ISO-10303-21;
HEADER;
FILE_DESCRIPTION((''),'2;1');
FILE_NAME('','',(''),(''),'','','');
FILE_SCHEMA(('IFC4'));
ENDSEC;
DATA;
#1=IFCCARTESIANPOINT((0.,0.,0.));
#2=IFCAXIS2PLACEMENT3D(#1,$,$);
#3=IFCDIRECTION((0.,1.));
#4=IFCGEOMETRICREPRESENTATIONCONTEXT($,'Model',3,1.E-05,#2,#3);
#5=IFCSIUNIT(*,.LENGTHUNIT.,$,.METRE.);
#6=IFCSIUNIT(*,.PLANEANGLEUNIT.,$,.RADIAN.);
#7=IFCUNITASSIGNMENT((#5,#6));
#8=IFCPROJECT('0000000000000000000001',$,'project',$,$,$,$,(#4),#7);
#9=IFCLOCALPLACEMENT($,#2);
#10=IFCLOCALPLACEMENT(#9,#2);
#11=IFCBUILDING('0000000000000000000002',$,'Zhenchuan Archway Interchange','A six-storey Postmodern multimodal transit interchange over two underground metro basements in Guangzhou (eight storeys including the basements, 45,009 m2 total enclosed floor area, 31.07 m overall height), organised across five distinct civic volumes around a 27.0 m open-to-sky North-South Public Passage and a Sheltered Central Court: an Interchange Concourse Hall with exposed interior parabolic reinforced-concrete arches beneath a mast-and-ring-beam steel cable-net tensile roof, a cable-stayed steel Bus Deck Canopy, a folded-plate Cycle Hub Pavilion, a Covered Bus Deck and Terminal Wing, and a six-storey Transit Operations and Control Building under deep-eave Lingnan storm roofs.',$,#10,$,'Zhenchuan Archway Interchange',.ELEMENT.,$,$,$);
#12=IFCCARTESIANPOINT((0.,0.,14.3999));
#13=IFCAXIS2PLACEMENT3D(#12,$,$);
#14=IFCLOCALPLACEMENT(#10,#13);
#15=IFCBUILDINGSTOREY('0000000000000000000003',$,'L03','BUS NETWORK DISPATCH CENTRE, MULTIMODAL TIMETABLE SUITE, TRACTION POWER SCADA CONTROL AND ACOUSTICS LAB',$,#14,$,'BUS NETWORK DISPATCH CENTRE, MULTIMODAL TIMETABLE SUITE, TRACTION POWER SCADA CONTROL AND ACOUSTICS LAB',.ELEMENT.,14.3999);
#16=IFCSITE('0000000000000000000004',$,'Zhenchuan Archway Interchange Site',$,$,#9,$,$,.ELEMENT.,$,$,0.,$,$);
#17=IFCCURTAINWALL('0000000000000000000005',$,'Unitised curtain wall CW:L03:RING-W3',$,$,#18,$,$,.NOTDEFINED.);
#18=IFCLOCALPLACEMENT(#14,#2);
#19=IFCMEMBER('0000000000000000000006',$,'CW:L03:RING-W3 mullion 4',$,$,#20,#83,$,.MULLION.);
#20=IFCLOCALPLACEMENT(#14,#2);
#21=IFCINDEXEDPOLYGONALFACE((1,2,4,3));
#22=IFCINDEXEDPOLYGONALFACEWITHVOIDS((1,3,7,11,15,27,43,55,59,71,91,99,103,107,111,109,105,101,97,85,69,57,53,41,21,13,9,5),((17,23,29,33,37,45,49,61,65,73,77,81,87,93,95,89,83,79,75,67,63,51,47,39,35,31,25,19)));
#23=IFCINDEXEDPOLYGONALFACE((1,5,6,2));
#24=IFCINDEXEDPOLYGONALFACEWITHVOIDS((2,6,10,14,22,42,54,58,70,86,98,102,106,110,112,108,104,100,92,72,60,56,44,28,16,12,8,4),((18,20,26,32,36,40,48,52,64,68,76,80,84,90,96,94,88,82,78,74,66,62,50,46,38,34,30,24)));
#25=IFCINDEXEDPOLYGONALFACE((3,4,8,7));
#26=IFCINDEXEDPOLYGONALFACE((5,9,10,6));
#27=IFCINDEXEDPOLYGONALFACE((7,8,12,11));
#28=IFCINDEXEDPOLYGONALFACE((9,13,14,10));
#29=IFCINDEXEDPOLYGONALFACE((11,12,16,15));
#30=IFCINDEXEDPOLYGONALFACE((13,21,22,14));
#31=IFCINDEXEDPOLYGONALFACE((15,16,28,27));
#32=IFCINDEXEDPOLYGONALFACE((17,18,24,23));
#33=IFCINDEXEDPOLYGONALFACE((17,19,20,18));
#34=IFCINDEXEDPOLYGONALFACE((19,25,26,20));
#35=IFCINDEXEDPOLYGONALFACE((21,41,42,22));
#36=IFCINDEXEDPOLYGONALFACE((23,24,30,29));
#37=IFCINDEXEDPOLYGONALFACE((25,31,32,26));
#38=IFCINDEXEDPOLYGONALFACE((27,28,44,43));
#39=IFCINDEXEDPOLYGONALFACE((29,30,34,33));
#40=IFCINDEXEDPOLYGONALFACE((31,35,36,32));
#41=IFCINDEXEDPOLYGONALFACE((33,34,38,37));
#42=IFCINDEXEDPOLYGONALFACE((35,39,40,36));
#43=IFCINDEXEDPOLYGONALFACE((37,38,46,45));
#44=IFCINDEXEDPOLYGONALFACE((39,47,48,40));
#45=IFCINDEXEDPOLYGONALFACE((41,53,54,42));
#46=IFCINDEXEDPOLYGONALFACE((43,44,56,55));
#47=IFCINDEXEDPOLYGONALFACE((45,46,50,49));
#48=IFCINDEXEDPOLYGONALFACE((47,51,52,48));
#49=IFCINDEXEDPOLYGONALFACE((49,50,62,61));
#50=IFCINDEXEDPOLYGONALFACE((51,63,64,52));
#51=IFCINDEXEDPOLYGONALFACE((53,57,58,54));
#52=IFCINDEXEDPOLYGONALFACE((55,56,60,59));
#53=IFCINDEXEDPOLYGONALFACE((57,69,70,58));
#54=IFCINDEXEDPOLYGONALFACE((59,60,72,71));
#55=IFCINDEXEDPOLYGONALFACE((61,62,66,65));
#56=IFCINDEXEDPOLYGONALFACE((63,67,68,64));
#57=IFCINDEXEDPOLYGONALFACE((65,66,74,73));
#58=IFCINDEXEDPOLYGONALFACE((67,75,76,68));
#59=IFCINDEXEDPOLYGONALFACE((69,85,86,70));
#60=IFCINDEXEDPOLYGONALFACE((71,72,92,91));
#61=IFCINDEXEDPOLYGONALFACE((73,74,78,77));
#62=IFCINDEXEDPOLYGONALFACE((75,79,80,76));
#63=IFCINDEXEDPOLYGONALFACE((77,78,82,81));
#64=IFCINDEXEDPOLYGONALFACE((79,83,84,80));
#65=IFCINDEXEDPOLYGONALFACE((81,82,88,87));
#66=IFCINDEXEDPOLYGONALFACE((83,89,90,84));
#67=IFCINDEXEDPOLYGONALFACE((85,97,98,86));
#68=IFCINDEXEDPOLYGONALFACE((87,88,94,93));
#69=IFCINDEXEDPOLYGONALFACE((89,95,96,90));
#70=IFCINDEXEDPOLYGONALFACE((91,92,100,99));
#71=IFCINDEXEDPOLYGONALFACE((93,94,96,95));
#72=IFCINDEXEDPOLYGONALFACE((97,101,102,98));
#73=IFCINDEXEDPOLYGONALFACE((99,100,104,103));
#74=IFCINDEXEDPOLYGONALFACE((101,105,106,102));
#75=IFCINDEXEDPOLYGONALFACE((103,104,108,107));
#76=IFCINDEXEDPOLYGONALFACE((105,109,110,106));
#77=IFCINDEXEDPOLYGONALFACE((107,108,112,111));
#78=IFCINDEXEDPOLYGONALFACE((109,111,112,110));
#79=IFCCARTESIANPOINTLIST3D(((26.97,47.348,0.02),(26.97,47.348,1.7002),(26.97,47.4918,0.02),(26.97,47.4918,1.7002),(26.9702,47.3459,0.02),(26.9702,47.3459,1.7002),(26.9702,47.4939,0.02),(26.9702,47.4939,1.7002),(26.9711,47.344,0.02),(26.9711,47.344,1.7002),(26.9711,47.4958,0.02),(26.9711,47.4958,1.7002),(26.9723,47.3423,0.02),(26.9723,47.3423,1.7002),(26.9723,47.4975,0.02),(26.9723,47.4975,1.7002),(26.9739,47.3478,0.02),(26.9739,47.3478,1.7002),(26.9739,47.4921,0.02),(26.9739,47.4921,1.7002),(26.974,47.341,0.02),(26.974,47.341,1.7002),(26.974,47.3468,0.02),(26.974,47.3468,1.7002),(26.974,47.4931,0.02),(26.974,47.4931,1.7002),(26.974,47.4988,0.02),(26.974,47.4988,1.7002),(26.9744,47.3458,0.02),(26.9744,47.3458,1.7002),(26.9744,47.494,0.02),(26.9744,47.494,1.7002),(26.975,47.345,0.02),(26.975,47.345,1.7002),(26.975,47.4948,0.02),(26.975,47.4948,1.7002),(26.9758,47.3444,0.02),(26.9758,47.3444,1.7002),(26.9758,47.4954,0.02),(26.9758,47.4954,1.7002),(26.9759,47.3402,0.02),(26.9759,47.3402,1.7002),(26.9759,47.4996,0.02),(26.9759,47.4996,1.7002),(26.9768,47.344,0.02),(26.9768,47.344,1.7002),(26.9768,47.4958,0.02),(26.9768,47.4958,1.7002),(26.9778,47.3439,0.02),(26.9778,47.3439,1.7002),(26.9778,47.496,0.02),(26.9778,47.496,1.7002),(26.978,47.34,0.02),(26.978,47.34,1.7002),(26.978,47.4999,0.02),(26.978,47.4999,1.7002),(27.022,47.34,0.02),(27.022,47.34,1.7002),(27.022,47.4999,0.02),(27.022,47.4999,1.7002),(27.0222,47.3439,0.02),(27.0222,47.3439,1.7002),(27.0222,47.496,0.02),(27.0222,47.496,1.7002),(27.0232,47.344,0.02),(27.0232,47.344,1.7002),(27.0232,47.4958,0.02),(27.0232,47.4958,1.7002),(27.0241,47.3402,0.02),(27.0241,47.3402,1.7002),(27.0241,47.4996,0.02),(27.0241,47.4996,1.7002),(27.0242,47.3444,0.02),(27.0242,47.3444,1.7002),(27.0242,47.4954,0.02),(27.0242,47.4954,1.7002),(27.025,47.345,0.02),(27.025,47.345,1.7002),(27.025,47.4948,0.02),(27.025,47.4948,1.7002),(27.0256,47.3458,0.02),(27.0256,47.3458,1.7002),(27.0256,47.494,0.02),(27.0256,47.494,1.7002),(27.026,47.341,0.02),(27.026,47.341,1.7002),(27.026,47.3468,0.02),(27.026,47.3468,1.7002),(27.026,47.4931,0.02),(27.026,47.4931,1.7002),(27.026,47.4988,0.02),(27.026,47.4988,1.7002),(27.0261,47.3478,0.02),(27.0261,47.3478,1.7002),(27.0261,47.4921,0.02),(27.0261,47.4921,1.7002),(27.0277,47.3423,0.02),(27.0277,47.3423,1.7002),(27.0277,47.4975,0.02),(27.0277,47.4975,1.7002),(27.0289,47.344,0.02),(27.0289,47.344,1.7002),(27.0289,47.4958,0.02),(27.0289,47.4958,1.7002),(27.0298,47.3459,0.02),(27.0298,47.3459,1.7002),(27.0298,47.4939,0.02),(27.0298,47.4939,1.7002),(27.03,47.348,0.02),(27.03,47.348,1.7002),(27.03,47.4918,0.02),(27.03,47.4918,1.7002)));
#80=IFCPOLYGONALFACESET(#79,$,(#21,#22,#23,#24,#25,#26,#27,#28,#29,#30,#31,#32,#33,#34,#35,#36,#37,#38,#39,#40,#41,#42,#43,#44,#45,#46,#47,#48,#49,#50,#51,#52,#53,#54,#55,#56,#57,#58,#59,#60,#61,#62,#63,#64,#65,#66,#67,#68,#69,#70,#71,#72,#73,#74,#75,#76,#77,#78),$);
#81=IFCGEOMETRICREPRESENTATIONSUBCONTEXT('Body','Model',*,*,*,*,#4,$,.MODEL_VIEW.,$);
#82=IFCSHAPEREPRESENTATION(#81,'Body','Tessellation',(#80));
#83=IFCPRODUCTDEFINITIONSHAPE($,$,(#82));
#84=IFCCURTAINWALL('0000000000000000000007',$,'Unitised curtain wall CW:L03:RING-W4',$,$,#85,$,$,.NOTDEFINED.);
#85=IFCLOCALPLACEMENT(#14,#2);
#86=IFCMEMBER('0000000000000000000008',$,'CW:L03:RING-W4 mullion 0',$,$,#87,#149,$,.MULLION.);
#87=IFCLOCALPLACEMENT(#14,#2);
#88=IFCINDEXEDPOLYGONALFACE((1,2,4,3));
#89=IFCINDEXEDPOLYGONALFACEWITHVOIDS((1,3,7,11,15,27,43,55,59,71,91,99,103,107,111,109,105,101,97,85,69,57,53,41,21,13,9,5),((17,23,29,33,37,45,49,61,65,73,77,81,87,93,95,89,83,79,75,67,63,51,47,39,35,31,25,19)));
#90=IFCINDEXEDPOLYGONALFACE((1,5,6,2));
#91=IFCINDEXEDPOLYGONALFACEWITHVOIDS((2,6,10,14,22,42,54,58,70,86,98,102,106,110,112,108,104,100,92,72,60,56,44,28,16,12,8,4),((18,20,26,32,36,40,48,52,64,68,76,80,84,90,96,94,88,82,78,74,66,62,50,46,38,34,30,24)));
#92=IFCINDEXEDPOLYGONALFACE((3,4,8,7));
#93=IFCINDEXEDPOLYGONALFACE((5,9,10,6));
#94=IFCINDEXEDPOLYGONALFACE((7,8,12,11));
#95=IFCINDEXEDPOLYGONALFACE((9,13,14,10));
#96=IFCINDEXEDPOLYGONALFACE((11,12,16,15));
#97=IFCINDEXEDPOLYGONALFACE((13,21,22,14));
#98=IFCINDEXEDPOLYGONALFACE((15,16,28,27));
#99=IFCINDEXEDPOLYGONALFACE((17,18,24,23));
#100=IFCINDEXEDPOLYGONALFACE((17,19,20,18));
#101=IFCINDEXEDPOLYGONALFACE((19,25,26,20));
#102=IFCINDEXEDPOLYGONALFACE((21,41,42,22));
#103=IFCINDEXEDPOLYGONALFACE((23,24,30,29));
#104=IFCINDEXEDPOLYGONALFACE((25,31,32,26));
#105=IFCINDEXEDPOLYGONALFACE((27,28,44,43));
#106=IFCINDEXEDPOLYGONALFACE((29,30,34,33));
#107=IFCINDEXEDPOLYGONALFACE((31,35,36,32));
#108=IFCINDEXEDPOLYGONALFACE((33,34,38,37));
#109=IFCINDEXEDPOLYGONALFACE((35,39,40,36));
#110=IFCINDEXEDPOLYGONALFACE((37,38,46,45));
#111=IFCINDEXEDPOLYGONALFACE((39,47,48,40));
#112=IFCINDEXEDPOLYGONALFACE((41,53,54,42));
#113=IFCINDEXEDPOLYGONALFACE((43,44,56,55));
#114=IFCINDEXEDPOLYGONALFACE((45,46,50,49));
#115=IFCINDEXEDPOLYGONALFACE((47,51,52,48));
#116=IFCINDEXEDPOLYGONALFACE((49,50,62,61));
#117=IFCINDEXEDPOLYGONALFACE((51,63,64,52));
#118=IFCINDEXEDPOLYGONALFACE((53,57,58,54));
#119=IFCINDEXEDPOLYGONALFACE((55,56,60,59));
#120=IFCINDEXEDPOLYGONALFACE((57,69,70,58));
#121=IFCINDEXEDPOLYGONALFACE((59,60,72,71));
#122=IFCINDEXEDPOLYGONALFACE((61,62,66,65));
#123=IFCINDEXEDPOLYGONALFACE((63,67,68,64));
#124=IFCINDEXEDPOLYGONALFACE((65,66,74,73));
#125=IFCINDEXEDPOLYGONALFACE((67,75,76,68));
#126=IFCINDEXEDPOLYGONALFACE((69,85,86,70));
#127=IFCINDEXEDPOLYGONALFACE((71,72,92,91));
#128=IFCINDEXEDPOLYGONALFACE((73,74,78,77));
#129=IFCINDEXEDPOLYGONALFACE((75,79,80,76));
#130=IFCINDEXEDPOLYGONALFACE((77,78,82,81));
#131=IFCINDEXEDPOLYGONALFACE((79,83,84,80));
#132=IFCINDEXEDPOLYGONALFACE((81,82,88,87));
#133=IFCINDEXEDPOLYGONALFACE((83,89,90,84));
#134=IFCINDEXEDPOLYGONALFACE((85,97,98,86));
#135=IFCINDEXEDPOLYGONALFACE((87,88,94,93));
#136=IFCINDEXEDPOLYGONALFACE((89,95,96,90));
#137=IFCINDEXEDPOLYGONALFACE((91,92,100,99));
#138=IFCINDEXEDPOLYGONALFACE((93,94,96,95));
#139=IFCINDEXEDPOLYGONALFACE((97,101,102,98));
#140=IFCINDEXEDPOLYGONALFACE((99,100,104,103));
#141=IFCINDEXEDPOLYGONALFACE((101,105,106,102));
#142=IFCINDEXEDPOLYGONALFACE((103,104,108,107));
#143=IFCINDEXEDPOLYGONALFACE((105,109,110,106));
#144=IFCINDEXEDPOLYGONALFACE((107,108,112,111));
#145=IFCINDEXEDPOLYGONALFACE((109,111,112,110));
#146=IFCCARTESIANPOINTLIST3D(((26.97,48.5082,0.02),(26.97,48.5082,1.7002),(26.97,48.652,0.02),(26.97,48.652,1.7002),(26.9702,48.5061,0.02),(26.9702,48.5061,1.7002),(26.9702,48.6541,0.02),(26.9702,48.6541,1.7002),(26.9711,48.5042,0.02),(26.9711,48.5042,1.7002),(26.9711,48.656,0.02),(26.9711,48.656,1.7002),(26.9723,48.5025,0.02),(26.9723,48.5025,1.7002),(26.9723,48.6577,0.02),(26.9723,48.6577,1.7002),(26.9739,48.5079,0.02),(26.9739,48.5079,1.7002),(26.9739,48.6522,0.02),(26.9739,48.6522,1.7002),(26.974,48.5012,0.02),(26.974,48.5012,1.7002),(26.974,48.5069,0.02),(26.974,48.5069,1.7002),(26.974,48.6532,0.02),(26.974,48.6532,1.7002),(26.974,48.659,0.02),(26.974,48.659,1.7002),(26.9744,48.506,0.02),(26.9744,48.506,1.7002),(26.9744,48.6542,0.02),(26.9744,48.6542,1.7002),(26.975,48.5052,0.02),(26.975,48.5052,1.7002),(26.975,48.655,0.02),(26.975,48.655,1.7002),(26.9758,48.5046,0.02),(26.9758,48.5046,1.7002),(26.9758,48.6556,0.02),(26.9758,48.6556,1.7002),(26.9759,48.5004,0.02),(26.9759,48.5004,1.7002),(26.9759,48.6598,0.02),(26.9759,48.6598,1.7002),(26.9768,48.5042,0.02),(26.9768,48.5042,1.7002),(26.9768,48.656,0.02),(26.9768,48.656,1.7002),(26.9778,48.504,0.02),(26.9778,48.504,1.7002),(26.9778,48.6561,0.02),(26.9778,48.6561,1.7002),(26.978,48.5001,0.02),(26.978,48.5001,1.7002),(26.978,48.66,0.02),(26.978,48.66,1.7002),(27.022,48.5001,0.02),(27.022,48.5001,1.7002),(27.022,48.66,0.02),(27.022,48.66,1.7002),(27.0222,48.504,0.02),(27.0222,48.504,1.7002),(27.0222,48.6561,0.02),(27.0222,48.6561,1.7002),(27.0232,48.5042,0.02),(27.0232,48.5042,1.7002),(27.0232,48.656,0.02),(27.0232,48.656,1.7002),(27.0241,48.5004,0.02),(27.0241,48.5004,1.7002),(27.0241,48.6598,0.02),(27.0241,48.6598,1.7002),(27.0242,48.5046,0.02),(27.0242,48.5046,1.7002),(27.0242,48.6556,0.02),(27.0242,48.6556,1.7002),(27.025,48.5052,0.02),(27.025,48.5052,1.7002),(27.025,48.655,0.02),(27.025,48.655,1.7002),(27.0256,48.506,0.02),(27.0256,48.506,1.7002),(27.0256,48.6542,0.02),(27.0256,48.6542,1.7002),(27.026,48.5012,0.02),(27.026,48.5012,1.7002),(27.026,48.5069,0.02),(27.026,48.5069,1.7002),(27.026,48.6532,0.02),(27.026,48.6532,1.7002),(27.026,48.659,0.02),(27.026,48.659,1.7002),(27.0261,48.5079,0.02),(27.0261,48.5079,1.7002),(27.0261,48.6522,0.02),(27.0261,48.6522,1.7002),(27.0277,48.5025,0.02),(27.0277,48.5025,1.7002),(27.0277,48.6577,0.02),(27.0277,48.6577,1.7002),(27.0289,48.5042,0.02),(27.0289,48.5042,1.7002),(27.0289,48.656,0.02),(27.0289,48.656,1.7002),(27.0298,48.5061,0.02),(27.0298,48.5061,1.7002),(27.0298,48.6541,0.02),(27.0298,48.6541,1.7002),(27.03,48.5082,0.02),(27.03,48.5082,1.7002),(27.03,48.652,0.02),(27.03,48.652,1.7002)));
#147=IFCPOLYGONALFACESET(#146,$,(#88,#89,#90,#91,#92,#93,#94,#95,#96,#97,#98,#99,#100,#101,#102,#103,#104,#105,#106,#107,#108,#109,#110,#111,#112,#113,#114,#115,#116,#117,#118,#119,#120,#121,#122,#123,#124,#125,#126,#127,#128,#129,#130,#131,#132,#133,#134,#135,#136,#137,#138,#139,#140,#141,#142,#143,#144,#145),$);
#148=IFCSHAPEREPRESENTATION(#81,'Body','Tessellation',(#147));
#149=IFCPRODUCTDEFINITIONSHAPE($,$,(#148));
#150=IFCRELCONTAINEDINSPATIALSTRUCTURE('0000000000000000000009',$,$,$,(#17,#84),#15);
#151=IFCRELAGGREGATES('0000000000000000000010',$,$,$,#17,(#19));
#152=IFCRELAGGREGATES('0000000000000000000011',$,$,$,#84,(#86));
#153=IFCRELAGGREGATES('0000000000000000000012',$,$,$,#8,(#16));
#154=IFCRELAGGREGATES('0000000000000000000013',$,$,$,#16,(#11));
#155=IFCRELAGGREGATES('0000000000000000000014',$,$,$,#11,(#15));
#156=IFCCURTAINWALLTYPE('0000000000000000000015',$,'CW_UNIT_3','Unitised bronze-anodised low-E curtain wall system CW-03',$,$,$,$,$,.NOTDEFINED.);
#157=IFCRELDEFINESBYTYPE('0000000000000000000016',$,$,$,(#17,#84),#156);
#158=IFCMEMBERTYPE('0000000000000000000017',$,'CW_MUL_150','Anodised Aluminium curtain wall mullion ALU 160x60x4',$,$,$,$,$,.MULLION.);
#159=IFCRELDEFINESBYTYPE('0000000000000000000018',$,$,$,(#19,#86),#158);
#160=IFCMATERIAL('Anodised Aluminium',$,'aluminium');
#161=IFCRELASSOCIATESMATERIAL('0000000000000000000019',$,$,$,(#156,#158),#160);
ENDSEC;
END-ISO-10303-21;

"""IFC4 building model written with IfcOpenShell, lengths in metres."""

from ifc_helpers import new_model, si_unit, direction, frame, origin, origin_2d, place, context, subcontext, project, spatial, hollow_rectangle, extrude, material, material_profile, profile_set, type_object, element, aggregate, save


model = new_model("IFC4")

# Units and contexts
model_context = context("Model", 3, precision=1e-05, world=origin(), true_north=direction((0.0, 1.0)))
body_context = subcontext(model_context, "Body", "Model", "MODEL_VIEW")
ifc_project = project(units=[si_unit("LENGTHUNIT", "METRE"), si_unit("PLANEANGLEUNIT", "RADIAN")], contexts=[model_context])

# Site, building, storey
site_placement = place(None, origin())
site = spatial("IfcSite", under=ifc_project, at=site_placement, Name="Zhenchuan Archway Interchange Site", CompositionType="ELEMENT", RefElevation=0.0)
building_placement = place(site_placement, origin())
building = spatial("IfcBuilding", under=site, at=building_placement, Name="Zhenchuan Archway Interchange", Description="A six-storey Postmodern multimodal transit interchange over two underground metro basements in Guangzhou (eight storeys including the basements, 45,009 m2 total enclosed floor area, 31.07 m overall height), organised across five distinct civic volumes around a 27.0 m open-to-sky North-South Public Passage and a Sheltered Central Court: an Interchange Concourse Hall with exposed interior parabolic reinforced-concrete arches beneath a mast-and-ring-beam steel cable-net tensile roof, a cable-stayed steel Bus Deck Canopy, a folded-plate Cycle Hub Pavilion, a Covered Bus Deck and Terminal Wing, and a six-storey Transit Operations and Control Building under deep-eave Lingnan storm roofs.", LongName="Zhenchuan Archway Interchange", CompositionType="ELEMENT")
storey_placement = place(building_placement, frame((0.0, 0.0, 14.3999)))
storey = spatial("IfcBuildingStorey", under=building, at=storey_placement, Name="L03", Description="BUS NETWORK DISPATCH CENTRE, MULTIMODAL TIMETABLE SUITE, TRACTION POWER SCADA CONTROL AND ACOUSTICS LAB", LongName="BUS NETWORK DISPATCH CENTRE, MULTIMODAL TIMETABLE SUITE, TRACTION POWER SCADA CONTROL AND ACOUSTICS LAB", CompositionType="ELEMENT", Elevation=14.3999)

# Curtain wall, member
ifc_material_1 = material(Name="Anodised Aluminium", Category="aluminium")
curtain_wall_type = type_object("IfcCurtainWallType", Name="CW_UNIT_3", Description="Unitised bronze-anodised low-E curtain wall system CW-03", PredefinedType="NOTDEFINED", material=ifc_material_1)
curtain_wall_1_placement = place(storey_placement, origin())
curtain_wall_1 = element("IfcCurtainWall", 1, at=curtain_wall_1_placement, inside=storey, type_object=curtain_wall_type, Name="Unitised curtain wall CW:L03:RING-W3", PredefinedType="NOTDEFINED")
ifc_material_profile_1 = material_profile(ifc_material_1, hollow_rectangle(XDim=0.0601, YDim=0.1599, WallThickness=0.0039, InnerFilletRadius=0.0039, OuterFilletRadius=0.0081, at=origin_2d()), Name="ALU 160x60x4")
ifc_profile_set_1 = profile_set([ifc_material_profile_1], Name="Anodised Aluminium")
member_type_1 = type_object("IfcMemberType", Name="CW_MUL_150", Description="Anodised Aluminium curtain wall mullion ALU 160x60x4", PredefinedType="MULLION", material=ifc_profile_set_1)
member_1_placement = place(storey_placement, frame((27.0, 47.4199, 0.02), z_axis=(0.0, 0.0, 1.0), x_axis=(1.0, 0.0, 0.0)))
member_1 = element("IfcMember", 2, at=member_1_placement, type_object=member_type_1, Name="CW:L03:RING-W3 mullion 4", PredefinedType="MULLION", context=body_context, shape_type="SweptSolid", body=[
    extrude(hollow_rectangle(XDim=0.0601, YDim=0.1599, WallThickness=0.0039, InnerFilletRadius=0.0039, OuterFilletRadius=0.0081, at=origin_2d()), origin(), (0.0, 0.0, 1.0), 1.6802),
])
aggregate(curtain_wall_1, [member_1])

# Curtain wall, member
curtain_wall_2_placement = place(storey_placement, origin())
curtain_wall_2 = element("IfcCurtainWall", 3, at=curtain_wall_2_placement, inside=storey, type_object=curtain_wall_type, Name="Unitised curtain wall CW:L03:RING-W4", PredefinedType="NOTDEFINED")
member_2_placement = place(storey_placement, frame((27.0, 48.5801, 0.02), z_axis=(0.0, 0.0, 1.0), x_axis=(1.0, 0.0, 0.0)))
member_2 = element("IfcMember", 4, at=member_2_placement, type_object=member_type_1, Name="CW:L03:RING-W4 mullion 0", PredefinedType="MULLION", context=body_context, shape_type="SweptSolid", body=[
    extrude(hollow_rectangle(XDim=0.0601, YDim=0.1599, WallThickness=0.0039, InnerFilletRadius=0.0039, OuterFilletRadius=0.0081, at=origin_2d()), origin(), (0.0, 0.0, 1.0), 1.6802),
])

aggregate(curtain_wall_2, [member_2])

save(model, "model.ifc")
